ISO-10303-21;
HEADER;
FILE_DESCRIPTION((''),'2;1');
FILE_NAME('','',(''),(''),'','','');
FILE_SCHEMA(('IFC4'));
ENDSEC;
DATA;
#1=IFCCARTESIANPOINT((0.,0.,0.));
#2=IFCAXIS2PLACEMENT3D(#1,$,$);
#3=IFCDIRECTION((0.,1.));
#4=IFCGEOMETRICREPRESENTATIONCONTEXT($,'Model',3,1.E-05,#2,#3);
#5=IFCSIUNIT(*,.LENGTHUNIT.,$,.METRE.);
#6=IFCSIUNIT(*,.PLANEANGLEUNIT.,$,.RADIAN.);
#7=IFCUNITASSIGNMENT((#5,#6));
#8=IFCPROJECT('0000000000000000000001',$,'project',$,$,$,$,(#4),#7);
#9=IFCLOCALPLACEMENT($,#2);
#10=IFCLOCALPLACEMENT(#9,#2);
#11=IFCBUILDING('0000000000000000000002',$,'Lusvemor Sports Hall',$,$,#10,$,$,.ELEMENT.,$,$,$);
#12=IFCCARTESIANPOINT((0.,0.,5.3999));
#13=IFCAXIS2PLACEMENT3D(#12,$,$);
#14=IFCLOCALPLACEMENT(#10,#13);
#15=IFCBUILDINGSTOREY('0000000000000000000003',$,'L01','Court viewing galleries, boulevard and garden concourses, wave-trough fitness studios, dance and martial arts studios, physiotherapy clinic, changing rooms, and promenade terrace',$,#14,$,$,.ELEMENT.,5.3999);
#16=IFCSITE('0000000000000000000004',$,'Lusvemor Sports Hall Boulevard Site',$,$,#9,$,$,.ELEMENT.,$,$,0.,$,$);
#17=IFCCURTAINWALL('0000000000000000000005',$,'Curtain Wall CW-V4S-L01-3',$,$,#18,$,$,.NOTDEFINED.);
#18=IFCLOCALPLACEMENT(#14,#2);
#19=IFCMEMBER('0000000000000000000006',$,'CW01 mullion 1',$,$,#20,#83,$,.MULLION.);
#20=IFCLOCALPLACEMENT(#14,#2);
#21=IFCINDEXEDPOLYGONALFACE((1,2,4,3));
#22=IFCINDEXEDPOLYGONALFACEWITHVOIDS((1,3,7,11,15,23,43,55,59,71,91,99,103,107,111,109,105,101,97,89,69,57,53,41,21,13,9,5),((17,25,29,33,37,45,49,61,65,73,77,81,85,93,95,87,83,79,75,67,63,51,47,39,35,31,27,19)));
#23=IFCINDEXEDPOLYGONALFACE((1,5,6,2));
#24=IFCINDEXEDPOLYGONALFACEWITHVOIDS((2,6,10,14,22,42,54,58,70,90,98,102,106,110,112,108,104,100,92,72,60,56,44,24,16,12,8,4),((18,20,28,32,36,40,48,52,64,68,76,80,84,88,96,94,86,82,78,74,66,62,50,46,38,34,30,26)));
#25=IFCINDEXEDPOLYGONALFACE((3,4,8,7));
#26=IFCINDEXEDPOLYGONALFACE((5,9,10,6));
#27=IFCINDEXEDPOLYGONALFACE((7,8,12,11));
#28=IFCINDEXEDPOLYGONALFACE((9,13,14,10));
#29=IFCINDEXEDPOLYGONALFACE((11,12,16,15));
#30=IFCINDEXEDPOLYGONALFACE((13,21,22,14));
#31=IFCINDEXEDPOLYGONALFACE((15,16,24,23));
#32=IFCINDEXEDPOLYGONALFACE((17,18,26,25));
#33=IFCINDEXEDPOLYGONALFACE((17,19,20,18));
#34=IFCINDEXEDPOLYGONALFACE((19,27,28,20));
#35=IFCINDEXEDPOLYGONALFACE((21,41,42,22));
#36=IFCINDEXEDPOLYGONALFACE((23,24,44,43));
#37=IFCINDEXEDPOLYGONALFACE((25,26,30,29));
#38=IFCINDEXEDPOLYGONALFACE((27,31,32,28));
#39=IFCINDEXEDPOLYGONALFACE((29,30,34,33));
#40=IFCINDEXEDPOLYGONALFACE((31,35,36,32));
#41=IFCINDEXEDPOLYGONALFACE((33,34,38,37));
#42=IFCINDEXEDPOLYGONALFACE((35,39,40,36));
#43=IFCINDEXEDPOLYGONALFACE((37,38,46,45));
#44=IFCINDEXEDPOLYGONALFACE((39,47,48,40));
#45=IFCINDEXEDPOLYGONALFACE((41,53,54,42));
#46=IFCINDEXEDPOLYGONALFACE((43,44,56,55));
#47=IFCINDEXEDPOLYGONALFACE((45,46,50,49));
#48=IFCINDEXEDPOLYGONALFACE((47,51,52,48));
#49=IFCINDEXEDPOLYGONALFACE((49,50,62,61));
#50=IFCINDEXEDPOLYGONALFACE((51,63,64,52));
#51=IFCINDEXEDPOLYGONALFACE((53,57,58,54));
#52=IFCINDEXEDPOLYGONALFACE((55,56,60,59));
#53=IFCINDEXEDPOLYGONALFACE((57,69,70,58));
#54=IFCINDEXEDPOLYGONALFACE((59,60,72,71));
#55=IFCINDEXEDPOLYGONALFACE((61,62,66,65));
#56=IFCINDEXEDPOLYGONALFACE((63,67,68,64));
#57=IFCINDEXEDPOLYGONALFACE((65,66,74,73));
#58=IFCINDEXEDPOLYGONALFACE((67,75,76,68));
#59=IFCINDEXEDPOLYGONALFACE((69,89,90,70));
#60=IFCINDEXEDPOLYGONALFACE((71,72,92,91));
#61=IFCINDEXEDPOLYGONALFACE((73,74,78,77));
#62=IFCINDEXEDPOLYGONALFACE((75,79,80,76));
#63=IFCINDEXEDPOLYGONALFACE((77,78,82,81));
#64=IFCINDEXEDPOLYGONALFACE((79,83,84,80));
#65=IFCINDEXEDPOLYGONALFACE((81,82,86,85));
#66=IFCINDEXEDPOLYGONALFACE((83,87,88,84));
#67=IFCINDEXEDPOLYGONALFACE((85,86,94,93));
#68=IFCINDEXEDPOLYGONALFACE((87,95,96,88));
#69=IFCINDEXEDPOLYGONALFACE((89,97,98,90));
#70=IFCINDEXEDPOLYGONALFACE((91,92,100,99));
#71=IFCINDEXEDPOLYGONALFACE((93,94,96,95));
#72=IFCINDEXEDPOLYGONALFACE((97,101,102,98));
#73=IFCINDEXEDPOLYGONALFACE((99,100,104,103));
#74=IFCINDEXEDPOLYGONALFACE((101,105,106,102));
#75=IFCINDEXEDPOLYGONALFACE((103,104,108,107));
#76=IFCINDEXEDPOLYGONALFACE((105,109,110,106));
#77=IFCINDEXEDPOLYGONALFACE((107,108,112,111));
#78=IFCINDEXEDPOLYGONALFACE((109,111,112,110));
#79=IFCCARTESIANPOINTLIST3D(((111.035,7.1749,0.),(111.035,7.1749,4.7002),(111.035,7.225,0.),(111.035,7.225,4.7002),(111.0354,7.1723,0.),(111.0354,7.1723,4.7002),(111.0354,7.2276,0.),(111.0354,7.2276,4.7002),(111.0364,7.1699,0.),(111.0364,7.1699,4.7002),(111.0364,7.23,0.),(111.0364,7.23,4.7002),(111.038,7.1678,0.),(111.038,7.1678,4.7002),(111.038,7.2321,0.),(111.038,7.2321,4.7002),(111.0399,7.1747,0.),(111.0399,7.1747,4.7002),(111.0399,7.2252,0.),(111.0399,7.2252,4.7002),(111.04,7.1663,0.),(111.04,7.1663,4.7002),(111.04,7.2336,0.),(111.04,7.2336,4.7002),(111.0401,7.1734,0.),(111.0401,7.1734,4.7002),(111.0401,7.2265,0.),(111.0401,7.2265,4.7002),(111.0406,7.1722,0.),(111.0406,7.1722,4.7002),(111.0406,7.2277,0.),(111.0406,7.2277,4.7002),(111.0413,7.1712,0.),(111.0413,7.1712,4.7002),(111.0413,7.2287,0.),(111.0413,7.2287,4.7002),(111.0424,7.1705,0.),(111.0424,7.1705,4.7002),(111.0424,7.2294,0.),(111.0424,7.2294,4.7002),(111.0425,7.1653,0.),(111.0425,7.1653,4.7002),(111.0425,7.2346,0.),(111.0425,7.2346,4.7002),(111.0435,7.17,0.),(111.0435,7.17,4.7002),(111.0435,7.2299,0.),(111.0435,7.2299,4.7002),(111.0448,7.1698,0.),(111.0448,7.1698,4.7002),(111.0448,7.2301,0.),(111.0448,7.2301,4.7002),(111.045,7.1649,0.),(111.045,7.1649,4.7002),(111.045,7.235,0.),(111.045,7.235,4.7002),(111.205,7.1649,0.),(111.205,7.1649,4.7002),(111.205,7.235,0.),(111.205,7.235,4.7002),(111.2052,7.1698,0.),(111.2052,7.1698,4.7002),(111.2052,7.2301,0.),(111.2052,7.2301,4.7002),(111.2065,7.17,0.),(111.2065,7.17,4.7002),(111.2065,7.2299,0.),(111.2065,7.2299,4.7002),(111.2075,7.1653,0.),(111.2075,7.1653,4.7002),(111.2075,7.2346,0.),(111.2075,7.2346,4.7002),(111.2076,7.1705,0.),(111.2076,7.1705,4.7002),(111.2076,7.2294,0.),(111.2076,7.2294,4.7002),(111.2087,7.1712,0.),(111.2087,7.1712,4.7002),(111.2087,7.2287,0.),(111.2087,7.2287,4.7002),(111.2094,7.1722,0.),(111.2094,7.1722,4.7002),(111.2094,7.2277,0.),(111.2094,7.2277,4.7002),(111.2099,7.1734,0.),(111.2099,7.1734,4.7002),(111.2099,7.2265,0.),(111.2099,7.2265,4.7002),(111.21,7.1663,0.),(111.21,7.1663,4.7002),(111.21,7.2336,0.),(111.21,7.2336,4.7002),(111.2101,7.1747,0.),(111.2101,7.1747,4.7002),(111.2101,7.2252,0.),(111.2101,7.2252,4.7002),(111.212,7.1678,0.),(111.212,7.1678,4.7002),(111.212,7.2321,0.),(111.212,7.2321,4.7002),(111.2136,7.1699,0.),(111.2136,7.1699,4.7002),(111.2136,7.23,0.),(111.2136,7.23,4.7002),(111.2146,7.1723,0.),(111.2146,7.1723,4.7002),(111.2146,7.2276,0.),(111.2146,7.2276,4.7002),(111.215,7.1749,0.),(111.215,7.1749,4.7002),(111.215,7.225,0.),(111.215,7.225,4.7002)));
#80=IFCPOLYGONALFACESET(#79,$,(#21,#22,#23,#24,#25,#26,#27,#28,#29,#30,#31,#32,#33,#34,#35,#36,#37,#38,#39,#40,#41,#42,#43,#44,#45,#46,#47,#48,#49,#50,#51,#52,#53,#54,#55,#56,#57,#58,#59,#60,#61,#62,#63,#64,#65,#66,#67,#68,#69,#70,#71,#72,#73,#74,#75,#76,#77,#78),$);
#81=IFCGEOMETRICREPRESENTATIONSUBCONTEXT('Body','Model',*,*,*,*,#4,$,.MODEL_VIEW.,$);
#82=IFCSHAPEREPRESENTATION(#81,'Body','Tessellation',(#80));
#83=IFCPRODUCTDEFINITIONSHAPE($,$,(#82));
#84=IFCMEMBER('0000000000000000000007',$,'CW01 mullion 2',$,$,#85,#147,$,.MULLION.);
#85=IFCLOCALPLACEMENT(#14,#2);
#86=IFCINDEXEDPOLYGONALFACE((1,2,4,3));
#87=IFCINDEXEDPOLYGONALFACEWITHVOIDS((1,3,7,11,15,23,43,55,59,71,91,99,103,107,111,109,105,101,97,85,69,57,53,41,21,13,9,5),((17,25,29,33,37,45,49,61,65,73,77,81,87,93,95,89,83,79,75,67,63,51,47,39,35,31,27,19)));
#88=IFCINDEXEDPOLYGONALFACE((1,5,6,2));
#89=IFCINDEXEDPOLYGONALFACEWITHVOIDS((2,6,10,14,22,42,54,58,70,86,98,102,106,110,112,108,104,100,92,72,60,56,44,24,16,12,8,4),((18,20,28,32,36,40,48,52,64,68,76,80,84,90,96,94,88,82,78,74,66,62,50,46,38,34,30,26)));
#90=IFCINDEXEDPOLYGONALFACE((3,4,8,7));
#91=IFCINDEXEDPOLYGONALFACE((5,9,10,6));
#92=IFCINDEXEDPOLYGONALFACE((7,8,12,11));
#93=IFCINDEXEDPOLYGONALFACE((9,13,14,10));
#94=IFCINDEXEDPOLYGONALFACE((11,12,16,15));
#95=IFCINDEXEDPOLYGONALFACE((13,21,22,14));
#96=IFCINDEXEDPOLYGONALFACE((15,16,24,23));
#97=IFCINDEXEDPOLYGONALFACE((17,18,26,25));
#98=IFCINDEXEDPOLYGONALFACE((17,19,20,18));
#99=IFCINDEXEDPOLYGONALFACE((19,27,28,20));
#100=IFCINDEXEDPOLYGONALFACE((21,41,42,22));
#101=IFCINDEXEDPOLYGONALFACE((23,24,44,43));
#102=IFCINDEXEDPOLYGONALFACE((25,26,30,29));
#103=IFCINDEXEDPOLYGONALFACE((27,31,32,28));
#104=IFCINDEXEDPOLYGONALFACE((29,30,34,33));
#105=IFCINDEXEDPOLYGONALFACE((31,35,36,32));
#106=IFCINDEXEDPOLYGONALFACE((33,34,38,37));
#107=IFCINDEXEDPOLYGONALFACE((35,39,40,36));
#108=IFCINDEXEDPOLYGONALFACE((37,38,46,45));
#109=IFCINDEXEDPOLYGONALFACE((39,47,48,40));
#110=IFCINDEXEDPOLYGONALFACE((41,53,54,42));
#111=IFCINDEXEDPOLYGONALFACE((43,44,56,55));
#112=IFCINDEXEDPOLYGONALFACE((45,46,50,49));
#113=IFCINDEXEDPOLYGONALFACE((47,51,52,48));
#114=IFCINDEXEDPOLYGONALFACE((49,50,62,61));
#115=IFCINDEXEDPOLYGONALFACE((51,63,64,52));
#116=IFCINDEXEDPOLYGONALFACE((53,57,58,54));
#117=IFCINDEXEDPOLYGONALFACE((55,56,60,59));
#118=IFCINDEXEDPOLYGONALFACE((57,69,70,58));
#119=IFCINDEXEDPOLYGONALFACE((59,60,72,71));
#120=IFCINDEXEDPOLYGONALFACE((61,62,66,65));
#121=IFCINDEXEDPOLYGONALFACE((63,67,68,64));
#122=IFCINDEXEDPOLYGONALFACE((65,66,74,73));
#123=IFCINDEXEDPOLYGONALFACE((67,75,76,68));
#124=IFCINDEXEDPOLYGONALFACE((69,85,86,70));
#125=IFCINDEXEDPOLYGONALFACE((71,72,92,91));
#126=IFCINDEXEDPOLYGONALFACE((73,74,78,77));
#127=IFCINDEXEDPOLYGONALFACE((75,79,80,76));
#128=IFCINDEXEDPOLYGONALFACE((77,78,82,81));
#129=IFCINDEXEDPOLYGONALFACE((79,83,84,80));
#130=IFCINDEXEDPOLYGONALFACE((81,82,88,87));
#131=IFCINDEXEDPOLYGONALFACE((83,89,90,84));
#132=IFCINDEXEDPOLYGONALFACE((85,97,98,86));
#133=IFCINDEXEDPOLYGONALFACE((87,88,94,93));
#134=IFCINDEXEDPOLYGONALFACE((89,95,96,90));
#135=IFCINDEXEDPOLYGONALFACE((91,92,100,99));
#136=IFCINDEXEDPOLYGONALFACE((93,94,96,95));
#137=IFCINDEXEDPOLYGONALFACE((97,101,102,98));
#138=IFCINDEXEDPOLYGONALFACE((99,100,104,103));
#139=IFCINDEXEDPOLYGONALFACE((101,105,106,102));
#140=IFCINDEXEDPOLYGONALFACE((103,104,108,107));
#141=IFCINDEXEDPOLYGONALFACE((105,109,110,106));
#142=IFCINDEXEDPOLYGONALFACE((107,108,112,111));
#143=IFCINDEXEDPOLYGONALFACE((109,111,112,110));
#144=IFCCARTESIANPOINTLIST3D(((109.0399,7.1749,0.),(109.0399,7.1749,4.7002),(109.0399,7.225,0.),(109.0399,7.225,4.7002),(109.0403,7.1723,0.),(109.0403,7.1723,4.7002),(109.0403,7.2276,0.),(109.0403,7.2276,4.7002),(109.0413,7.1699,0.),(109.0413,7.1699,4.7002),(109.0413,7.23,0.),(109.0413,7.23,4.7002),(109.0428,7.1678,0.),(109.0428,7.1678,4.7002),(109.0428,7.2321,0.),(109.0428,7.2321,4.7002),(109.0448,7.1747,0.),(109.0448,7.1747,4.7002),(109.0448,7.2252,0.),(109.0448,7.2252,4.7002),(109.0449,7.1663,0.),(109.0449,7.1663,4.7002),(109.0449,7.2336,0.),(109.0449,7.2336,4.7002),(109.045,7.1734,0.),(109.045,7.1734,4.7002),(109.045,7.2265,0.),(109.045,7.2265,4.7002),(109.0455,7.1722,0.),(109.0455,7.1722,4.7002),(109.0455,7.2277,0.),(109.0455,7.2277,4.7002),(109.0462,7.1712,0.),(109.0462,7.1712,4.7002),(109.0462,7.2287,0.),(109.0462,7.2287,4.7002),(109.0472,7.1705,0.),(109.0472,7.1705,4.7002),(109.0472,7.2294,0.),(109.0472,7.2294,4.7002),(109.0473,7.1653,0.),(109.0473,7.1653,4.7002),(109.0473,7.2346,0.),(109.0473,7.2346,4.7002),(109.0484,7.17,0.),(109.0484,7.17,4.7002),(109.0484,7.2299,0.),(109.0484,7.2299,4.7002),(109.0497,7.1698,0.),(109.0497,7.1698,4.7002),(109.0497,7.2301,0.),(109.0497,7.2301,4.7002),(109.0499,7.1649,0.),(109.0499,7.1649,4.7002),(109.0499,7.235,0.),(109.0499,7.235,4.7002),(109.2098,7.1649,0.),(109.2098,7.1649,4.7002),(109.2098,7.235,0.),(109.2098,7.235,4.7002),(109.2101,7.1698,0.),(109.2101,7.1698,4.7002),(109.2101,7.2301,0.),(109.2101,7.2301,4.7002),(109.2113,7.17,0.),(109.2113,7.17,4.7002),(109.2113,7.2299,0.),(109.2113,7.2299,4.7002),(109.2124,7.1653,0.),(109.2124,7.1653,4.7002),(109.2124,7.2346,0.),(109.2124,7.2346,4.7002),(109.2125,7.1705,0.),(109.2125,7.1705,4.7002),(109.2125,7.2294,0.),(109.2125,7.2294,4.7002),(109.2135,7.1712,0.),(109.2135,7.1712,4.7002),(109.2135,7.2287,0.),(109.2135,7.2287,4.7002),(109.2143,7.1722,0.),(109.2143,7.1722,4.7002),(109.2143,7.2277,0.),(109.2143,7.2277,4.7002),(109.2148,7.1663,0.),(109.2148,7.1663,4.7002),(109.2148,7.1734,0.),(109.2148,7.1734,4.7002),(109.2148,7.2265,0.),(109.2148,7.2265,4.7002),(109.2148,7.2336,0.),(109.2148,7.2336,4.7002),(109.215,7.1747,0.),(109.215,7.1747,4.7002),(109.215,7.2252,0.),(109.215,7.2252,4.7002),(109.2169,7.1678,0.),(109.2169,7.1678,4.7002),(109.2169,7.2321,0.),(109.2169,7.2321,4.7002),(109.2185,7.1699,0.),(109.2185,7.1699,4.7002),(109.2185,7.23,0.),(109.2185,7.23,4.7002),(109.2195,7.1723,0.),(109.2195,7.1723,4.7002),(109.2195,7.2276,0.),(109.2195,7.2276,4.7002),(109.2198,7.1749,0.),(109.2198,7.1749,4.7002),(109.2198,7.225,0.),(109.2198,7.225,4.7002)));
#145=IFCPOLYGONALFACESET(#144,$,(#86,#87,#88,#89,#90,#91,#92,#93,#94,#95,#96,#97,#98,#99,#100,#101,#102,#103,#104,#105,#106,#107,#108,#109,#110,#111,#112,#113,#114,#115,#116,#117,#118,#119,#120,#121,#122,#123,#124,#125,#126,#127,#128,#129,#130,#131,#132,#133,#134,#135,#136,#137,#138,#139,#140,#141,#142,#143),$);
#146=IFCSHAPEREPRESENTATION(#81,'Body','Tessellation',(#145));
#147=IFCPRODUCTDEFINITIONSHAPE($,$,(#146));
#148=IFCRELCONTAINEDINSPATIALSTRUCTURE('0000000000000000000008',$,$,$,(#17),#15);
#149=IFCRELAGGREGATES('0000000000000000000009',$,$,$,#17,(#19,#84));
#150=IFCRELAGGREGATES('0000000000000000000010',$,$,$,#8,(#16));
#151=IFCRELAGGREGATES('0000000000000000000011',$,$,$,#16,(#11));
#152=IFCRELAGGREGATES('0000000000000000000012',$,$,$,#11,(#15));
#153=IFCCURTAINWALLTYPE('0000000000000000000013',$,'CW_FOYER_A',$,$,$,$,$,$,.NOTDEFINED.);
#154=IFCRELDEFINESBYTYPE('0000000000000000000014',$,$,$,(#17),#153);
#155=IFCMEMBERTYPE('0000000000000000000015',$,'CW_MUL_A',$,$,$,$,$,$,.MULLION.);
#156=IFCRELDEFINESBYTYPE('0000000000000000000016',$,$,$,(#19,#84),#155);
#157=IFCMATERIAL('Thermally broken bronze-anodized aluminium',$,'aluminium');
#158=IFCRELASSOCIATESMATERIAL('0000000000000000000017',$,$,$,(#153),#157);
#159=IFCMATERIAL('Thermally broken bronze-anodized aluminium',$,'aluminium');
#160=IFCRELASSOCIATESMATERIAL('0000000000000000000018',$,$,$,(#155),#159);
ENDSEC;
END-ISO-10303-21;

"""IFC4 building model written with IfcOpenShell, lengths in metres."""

from ifc_helpers import new_model, si_unit, direction, frame, origin, origin_2d, place, context, subcontext, project, spatial, hollow_rectangle, extrude, material, material_profile, profile_set, type_object, element, aggregate, save


model = new_model("IFC4")

# Units and contexts
model_context = context("Model", 3, precision=1e-05, world=origin(), true_north=direction((0.0, 1.0)))
body_context = subcontext(model_context, "Body", "Model", "MODEL_VIEW")
ifc_project = project(units=[si_unit("LENGTHUNIT", "METRE"), si_unit("PLANEANGLEUNIT", "RADIAN")], contexts=[model_context])

# Site, building, storey
site_placement = place(None, origin())
site = spatial("IfcSite", under=ifc_project, at=site_placement, Name="Lusvemor Sports Hall Boulevard Site", CompositionType="ELEMENT", RefElevation=0.0)
building_placement = place(site_placement, origin())
building = spatial("IfcBuilding", under=site, at=building_placement, Name="Lusvemor Sports Hall", CompositionType="ELEMENT")
storey_placement = place(building_placement, frame((0.0, 0.0, 5.3999)))
storey = spatial("IfcBuildingStorey", under=building, at=storey_placement, Name="L01", Description="Court viewing galleries, boulevard and garden concourses, wave-trough fitness studios, dance and martial arts studios, physiotherapy clinic, changing rooms, and promenade terrace", CompositionType="ELEMENT", Elevation=5.3999)

# Curtain wall, members
ifc_material_1 = material(Name="Thermally broken bronze-anodized aluminium", Category="aluminium")
curtain_wall_type = type_object("IfcCurtainWallType", Name="CW_FOYER_A", PredefinedType="NOTDEFINED", material=ifc_material_1)
curtain_wall_placement = place(storey_placement, origin())
curtain_wall = element("IfcCurtainWall", 1, at=curtain_wall_placement, inside=storey, type_object=curtain_wall_type, Name="Curtain Wall CW-V4S-L01-3", PredefinedType="NOTDEFINED")
ifc_material_2 = material(Name="Thermally broken bronze-anodized aluminium", Category="aluminium")
ifc_material_profile_1 = material_profile(ifc_material_2, hollow_rectangle(XDim=0.0701, YDim=0.1799, WallThickness=0.0049, InnerFilletRadius=0.0049, OuterFilletRadius=0.01, at=origin_2d()), Name="CWMUL180x70x5")
ifc_profile_set_1 = profile_set([ifc_material_profile_1], Name="Thermally broken bronze-anodized aluminium")
member_type_1 = type_object("IfcMemberType", Name="CW_MUL_A", PredefinedType="MULLION", material=ifc_profile_set_1)
member_1_placement = place(storey_placement, frame((111.125, 7.2, 0.0), z_axis=(0.0, 0.0, 1.0), x_axis=(0.0, -1.0, 0.0)))
member_1 = element("IfcMember", 2, at=member_1_placement, type_object=member_type_1, Name="CW01 mullion 1", PredefinedType="MULLION", context=body_context, shape_type="SweptSolid", body=[
    extrude(hollow_rectangle(XDim=0.0701, YDim=0.1799, WallThickness=0.0049, InnerFilletRadius=0.0049, OuterFilletRadius=0.01, at=origin_2d()), origin(), (0.0, 0.0, 1.0), 4.7002),
])
member_2_placement = place(storey_placement, frame((109.1299, 7.2, 0.0), z_axis=(0.0, 0.0, 1.0), x_axis=(0.0, -1.0, 0.0)))
member_2 = element("IfcMember", 3, at=member_2_placement, type_object=member_type_1, Name="CW01 mullion 2", PredefinedType="MULLION", context=body_context, shape_type="SweptSolid", body=[
    extrude(hollow_rectangle(XDim=0.0701, YDim=0.1799, WallThickness=0.0049, InnerFilletRadius=0.0049, OuterFilletRadius=0.01, at=origin_2d()), origin(), (0.0, 0.0, 1.0), 4.7002),
])
aggregate(curtain_wall, [member_1, member_2])

save(model, "model.ifc")
